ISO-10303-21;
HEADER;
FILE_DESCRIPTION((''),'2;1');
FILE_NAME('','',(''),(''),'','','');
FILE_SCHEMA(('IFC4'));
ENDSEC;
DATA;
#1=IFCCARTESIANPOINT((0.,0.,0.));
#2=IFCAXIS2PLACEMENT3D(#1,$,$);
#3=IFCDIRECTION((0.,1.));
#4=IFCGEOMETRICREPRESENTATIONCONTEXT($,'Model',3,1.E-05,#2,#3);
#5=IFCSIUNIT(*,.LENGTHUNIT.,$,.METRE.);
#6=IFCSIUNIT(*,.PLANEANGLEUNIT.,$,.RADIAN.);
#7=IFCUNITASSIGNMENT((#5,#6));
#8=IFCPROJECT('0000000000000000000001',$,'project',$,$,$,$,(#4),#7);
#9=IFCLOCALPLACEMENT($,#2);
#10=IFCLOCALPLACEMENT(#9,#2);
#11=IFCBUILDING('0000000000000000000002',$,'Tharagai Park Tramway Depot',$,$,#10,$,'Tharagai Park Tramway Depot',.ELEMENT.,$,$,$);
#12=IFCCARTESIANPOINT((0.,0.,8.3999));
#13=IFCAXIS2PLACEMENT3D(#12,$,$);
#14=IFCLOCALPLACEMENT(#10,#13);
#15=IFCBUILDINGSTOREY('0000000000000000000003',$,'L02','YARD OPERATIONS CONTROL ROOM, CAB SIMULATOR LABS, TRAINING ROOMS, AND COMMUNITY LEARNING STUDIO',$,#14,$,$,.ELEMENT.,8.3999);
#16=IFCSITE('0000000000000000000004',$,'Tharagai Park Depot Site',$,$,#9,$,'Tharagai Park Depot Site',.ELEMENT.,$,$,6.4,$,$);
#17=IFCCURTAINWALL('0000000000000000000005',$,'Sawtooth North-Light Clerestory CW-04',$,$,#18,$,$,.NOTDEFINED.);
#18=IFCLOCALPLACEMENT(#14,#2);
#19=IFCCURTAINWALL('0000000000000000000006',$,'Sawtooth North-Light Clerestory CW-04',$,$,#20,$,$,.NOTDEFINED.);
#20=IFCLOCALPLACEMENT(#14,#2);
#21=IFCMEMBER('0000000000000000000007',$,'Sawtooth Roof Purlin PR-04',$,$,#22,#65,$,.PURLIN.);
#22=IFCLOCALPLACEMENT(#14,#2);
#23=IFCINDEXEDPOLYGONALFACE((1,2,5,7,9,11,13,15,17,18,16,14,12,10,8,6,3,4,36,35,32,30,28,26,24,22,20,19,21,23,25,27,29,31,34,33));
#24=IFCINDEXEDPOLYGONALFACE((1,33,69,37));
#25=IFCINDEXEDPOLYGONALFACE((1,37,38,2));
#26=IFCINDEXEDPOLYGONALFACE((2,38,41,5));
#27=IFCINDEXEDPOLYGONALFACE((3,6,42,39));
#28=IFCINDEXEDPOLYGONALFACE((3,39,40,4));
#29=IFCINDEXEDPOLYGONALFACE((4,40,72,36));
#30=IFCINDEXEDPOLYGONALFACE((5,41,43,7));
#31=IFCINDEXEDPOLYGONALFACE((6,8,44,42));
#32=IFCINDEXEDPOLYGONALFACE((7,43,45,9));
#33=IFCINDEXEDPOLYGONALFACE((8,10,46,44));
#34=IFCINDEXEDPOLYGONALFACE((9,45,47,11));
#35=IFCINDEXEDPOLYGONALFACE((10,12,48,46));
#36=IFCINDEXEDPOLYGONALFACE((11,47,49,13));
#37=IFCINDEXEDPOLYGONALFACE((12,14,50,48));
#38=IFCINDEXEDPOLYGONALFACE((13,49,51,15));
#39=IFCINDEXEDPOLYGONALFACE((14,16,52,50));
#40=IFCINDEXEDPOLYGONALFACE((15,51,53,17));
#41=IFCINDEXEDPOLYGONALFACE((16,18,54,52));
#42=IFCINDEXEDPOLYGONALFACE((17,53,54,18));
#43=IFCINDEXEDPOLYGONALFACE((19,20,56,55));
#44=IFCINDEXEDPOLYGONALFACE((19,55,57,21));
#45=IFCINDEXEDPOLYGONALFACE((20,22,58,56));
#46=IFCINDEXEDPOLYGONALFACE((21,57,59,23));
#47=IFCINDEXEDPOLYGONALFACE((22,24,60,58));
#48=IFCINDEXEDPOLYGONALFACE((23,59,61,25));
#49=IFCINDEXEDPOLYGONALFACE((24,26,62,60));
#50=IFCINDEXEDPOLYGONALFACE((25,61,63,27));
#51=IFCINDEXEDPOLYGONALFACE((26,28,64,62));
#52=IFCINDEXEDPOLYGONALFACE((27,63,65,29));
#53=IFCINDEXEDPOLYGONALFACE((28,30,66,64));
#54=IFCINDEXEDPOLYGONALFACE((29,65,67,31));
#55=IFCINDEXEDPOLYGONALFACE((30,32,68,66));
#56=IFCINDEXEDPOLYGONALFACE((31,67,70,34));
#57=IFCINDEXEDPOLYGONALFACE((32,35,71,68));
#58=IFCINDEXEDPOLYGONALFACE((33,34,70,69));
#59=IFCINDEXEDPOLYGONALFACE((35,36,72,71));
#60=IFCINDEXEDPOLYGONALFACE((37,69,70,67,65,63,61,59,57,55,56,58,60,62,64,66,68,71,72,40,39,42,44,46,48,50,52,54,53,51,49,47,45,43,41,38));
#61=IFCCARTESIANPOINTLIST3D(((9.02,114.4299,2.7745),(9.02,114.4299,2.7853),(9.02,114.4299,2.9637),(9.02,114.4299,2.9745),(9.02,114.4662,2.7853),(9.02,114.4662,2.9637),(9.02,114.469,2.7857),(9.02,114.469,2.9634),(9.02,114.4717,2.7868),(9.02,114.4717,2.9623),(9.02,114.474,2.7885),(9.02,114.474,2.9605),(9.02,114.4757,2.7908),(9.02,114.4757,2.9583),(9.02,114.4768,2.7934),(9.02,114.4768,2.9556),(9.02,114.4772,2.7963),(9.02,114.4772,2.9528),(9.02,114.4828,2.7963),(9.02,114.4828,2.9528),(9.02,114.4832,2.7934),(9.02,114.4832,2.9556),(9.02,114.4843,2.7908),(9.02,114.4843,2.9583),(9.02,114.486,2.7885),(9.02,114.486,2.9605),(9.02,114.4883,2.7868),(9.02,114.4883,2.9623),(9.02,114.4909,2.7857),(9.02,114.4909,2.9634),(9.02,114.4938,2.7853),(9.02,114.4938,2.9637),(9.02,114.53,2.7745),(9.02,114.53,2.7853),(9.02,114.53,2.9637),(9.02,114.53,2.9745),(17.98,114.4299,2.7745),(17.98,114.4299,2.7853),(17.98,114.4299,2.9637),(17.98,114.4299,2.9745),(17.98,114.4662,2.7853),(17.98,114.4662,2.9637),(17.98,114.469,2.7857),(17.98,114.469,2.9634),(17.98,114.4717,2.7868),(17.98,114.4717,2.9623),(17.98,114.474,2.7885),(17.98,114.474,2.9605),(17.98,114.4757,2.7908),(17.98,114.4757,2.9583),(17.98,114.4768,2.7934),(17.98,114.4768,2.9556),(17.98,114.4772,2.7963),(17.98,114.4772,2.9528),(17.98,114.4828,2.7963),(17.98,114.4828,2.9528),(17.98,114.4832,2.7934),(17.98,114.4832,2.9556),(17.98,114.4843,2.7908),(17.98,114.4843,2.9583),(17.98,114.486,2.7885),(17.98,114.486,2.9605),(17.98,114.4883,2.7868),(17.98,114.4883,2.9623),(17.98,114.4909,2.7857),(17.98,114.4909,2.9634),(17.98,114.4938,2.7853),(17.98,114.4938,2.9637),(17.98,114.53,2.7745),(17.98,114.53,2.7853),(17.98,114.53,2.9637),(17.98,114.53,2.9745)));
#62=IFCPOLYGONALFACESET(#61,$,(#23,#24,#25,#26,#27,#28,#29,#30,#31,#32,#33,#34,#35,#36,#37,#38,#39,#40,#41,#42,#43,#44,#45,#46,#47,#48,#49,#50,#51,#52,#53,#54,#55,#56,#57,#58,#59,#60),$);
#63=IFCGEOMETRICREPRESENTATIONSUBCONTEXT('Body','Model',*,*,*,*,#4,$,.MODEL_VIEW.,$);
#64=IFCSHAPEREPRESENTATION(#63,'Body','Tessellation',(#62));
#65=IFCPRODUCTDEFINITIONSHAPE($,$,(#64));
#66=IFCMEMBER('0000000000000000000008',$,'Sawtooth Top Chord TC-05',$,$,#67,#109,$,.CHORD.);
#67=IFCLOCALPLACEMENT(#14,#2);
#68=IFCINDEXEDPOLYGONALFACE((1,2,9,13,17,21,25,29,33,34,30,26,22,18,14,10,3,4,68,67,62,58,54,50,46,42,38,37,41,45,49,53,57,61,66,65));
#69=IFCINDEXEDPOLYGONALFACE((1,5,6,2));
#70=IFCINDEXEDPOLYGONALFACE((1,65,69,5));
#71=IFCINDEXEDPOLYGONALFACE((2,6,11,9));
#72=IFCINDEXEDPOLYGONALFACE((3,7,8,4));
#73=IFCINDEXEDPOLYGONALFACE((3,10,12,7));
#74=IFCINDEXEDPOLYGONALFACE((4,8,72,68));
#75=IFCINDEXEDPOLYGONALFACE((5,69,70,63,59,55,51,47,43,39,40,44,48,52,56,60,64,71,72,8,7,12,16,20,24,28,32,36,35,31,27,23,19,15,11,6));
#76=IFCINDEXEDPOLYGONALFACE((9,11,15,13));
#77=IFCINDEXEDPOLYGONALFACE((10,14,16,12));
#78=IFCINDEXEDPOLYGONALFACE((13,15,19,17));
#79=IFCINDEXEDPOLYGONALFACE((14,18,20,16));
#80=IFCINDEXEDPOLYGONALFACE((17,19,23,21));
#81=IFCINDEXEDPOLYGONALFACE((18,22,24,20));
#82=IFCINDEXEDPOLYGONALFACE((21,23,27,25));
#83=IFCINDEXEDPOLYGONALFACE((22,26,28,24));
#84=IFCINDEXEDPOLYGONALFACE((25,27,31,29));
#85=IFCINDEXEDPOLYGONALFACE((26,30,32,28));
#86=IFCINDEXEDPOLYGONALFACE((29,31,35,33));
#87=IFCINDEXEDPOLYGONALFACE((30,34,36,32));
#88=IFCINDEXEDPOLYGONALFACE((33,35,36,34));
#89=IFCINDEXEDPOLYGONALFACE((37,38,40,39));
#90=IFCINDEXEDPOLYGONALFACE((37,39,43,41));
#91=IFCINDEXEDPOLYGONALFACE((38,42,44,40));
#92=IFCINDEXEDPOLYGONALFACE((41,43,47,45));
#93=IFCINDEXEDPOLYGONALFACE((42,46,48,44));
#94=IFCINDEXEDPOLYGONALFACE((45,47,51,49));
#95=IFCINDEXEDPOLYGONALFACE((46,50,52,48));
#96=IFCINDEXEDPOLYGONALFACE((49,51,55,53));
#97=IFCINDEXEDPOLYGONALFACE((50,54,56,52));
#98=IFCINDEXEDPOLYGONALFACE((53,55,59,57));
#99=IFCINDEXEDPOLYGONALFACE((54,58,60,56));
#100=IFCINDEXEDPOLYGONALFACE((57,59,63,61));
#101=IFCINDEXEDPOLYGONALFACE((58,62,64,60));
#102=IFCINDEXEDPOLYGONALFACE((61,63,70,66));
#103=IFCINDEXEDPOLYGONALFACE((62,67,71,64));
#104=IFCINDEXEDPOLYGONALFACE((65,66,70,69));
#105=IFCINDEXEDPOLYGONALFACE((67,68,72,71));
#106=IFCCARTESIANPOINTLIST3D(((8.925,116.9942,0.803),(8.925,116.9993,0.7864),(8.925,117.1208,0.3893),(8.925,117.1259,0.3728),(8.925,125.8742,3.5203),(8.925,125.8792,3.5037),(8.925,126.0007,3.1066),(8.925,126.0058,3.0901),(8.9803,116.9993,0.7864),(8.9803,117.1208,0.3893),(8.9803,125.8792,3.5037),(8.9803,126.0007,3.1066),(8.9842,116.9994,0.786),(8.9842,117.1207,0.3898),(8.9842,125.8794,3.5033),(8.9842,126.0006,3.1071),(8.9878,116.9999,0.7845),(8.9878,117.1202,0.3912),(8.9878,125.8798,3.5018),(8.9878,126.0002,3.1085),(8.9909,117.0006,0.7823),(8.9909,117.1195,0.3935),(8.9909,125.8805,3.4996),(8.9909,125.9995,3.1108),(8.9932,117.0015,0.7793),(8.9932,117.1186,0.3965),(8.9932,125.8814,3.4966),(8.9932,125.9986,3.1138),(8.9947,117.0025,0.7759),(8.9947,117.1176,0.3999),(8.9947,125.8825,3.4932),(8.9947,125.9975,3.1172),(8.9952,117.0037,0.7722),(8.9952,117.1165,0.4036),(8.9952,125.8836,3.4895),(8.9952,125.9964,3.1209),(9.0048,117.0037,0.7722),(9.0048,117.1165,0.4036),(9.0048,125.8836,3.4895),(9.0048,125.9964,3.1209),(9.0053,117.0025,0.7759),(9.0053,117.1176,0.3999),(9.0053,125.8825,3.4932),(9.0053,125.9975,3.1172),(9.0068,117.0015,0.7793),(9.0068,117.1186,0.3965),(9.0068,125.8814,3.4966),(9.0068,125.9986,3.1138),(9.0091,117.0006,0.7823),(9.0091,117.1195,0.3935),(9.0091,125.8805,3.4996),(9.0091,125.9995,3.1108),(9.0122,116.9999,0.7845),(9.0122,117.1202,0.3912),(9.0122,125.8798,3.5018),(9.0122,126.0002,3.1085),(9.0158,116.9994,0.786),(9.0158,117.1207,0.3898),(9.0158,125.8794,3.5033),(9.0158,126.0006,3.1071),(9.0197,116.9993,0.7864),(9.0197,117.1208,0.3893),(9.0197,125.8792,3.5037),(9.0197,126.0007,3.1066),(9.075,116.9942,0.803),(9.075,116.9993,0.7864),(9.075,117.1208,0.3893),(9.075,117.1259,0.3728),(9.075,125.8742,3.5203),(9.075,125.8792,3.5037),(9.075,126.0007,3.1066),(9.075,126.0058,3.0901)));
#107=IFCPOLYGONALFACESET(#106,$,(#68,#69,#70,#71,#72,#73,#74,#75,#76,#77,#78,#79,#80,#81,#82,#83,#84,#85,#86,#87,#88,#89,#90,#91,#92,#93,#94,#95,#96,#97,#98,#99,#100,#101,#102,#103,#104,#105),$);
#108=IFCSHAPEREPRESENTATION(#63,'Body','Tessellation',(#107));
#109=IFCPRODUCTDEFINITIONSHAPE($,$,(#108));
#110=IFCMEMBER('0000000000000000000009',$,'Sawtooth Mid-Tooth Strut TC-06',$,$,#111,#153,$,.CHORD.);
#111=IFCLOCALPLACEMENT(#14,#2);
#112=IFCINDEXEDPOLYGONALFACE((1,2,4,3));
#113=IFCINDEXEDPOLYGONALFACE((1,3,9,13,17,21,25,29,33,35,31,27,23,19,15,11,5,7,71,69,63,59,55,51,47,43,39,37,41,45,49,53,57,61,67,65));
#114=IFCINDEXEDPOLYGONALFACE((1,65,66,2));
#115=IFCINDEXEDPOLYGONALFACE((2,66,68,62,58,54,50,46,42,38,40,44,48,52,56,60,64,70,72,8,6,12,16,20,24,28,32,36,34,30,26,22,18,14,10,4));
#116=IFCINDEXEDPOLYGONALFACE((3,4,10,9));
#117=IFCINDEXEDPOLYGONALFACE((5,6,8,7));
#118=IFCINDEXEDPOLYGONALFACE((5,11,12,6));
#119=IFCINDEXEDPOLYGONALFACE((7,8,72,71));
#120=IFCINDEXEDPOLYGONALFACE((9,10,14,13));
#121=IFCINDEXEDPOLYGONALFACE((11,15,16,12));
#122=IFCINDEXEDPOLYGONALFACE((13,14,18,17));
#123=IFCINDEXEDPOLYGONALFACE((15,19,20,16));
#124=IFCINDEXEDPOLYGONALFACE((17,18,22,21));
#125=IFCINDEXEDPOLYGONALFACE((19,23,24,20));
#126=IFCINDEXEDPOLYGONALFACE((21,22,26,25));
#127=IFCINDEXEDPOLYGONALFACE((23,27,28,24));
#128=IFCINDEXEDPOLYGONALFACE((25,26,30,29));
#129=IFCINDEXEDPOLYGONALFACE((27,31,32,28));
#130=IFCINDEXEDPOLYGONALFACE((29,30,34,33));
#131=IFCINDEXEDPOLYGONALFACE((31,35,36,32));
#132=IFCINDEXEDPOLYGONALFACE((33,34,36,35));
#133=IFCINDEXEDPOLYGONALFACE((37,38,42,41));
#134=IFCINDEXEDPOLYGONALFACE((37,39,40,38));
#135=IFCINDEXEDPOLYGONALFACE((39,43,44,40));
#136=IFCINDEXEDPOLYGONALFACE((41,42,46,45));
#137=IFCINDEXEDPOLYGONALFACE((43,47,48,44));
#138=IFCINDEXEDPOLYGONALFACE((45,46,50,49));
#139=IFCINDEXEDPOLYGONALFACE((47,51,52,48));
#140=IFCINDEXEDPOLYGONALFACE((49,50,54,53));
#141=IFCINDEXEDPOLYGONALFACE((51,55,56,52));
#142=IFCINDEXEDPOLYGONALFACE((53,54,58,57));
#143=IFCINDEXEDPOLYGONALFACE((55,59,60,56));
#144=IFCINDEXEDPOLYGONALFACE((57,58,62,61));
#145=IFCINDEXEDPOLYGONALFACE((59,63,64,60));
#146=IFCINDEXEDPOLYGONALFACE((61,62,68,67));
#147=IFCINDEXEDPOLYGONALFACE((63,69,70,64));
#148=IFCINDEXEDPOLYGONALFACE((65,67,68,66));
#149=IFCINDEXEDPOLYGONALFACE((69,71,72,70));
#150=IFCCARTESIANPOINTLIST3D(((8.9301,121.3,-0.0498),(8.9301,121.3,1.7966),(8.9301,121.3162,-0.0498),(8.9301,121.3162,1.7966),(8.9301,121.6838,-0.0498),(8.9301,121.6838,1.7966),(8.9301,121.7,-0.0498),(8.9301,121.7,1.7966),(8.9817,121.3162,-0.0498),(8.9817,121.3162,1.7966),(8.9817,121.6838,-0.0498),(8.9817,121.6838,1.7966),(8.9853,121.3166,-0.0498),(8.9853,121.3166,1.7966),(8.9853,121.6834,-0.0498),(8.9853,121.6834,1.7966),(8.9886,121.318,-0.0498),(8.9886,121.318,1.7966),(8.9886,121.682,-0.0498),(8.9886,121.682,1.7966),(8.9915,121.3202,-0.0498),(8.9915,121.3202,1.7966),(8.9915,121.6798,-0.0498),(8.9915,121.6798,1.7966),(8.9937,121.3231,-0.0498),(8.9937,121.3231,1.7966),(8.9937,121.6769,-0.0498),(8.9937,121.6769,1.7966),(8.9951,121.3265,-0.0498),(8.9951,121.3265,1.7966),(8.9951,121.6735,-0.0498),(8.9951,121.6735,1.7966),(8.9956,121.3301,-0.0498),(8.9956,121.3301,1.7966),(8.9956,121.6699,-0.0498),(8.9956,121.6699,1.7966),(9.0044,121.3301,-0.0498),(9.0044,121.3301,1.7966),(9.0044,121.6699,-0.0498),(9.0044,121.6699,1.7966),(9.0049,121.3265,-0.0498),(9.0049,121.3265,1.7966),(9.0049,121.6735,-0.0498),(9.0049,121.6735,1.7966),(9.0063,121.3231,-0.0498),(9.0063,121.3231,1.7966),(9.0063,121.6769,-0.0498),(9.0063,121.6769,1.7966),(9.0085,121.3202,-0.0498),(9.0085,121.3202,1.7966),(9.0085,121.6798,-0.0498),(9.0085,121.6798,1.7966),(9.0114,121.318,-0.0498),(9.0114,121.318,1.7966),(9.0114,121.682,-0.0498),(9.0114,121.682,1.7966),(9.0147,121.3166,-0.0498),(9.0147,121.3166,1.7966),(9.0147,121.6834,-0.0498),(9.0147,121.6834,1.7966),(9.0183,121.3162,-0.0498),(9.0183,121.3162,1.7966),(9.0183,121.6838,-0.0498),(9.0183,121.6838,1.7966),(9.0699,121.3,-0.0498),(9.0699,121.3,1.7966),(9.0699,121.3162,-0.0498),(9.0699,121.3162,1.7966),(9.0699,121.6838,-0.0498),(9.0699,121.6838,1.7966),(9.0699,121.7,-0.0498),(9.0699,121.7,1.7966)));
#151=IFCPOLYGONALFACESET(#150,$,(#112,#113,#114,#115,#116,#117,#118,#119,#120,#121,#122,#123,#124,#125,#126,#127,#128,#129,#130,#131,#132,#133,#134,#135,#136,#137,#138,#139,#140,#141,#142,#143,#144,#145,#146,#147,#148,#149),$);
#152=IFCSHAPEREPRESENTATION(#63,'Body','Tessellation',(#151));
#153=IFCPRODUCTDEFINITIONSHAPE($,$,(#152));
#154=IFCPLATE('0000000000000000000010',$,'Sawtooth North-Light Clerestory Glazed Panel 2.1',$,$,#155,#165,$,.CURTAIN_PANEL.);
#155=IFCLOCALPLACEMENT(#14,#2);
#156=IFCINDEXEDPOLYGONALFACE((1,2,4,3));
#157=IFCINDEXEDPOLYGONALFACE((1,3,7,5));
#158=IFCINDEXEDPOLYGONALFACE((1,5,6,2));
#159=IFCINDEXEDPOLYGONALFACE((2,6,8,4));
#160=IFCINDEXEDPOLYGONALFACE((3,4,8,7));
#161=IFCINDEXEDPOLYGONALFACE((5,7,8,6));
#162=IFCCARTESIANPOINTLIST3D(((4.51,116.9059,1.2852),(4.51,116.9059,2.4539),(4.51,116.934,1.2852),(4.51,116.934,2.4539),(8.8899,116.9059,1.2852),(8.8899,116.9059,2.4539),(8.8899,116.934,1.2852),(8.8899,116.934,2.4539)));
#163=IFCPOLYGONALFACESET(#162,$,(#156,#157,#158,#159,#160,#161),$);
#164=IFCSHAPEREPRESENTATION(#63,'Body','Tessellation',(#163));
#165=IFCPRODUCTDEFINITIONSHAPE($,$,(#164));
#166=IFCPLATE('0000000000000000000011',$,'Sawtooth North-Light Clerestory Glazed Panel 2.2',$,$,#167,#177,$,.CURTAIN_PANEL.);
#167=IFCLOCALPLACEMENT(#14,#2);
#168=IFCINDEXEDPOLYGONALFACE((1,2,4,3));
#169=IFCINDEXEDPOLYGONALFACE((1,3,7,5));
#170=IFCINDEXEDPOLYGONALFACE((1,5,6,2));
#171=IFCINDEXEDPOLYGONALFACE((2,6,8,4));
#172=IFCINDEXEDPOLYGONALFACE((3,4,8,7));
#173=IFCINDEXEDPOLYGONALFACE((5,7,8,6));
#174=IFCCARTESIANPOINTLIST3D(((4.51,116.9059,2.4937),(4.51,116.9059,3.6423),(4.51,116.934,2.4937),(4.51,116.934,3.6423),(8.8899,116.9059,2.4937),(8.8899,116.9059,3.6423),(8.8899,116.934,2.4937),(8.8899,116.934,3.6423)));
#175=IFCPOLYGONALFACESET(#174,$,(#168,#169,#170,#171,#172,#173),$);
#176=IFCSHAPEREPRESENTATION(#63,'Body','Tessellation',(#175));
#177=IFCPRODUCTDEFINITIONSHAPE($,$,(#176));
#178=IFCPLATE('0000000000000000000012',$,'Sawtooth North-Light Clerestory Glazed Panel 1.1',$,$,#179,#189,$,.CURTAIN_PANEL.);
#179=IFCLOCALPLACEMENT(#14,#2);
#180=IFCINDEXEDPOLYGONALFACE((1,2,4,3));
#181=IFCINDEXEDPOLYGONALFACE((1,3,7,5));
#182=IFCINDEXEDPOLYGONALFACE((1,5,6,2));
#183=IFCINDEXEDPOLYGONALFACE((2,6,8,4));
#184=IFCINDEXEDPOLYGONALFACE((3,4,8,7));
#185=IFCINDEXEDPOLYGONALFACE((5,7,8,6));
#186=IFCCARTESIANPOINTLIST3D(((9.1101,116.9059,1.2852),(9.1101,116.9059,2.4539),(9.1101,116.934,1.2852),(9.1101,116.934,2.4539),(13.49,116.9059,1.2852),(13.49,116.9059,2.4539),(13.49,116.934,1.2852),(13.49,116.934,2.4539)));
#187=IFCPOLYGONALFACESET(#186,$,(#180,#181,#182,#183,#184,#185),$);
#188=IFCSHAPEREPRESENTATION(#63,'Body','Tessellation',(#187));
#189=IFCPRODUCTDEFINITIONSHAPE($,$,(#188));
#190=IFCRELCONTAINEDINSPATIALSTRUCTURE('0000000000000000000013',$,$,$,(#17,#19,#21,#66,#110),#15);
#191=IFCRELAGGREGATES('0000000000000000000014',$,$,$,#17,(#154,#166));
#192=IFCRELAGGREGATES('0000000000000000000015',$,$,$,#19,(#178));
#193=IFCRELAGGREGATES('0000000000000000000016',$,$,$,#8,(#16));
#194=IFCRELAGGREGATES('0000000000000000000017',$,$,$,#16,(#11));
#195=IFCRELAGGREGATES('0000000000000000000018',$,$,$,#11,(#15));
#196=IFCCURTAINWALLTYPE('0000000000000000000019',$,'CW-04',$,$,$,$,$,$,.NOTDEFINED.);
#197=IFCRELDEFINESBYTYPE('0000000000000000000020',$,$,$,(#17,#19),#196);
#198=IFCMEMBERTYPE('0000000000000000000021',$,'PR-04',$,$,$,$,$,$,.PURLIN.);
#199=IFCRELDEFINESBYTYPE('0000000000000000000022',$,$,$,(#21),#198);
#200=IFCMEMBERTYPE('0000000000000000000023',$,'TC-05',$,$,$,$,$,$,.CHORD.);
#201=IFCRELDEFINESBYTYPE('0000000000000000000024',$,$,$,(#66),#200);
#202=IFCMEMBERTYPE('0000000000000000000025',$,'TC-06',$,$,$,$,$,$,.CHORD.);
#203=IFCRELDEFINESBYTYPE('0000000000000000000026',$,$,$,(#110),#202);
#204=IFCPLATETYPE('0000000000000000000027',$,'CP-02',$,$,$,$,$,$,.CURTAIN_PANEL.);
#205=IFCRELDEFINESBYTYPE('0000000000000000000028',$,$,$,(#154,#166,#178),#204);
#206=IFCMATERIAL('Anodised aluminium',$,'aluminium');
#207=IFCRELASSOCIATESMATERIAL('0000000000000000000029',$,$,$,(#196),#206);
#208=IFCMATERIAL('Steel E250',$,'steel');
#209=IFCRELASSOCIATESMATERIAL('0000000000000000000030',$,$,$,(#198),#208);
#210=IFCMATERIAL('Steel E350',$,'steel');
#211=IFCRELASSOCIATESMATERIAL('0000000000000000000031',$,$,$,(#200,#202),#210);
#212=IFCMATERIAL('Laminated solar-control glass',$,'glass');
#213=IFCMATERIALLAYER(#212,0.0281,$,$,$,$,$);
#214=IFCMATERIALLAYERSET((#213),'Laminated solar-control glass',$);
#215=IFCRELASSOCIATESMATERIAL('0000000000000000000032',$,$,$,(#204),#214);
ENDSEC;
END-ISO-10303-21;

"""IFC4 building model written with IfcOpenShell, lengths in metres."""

from ifc_helpers import new_model, si_unit, direction, frame, origin, origin_2d, place, context, subcontext, project, spatial, rectangle, i_section, extrude, material, layer, layer_set, material_profile, profile_set, type_object, element, aggregate, save


model = new_model("IFC4")

# Units and contexts
model_context = context("Model", 3, precision=1e-05, world=origin(), true_north=direction((0.0, 1.0)))
body_context = subcontext(model_context, "Body", "Model", "MODEL_VIEW")
ifc_project = project(units=[si_unit("LENGTHUNIT", "METRE"), si_unit("PLANEANGLEUNIT", "RADIAN")], contexts=[model_context])

# Site, building, storey
site_placement = place(None, origin())
site = spatial("IfcSite", under=ifc_project, at=site_placement, Name="Tharagai Park Depot Site", LongName="Tharagai Park Depot Site", CompositionType="ELEMENT", RefElevation=6.4)
building_placement = place(site_placement, origin())
building = spatial("IfcBuilding", under=site, at=building_placement, Name="Tharagai Park Tramway Depot", LongName="Tharagai Park Tramway Depot", CompositionType="ELEMENT")
storey_placement = place(building_placement, frame((0.0, 0.0, 8.3999)))
storey = spatial("IfcBuildingStorey", under=building, at=storey_placement, Name="L02", Description="YARD OPERATIONS CONTROL ROOM, CAB SIMULATOR LABS, TRAINING ROOMS, AND COMMUNITY LEARNING STUDIO", CompositionType="ELEMENT", Elevation=8.3999)

# Shared definitions
ifc_material_1 = material(Name="Steel E350", Category="steel")

# Curtain walls
ifc_material_2 = material(Name="Anodised aluminium", Category="aluminium")
curtain_wall_type = type_object("IfcCurtainWallType", Name="CW-04", PredefinedType="NOTDEFINED", material=ifc_material_2)
curtain_wall_1_placement = place(storey_placement, origin())
curtain_wall_1 = element("IfcCurtainWall", 1, at=curtain_wall_1_placement, inside=storey, type_object=curtain_wall_type, Name="Sawtooth North-Light Clerestory CW-04", PredefinedType="NOTDEFINED")
curtain_wall_2_placement = place(storey_placement, origin())
curtain_wall_2 = element("IfcCurtainWall", 2, at=curtain_wall_2_placement, inside=storey, type_object=curtain_wall_type, Name="Sawtooth North-Light Clerestory CW-04", PredefinedType="NOTDEFINED")

# Members
ifc_material_3 = material(Name="Steel E250", Category="steel")
ifc_material_profile_1 = material_profile(ifc_material_3, i_section(OverallWidth=0.1001, OverallDepth=0.2, WebThickness=0.0056, FlangeThickness=0.0107, FilletRadius=0.011, at=origin_2d()), Name="ISMB 200")
ifc_profile_set_1 = profile_set([ifc_material_profile_1], Name="Steel E250")
member_type_1 = type_object("IfcMemberType", Name="PR-04", PredefinedType="PURLIN", material=ifc_profile_set_1)
member_1_placement = place(storey_placement, frame((9.02, 114.48, 2.8745), z_axis=(1.0, 0.0, 0.0), x_axis=(0.0, 1.0, 0.0)))
element("IfcMember", 3, at=member_1_placement, inside=storey, type_object=member_type_1, Name="Sawtooth Roof Purlin PR-04", PredefinedType="PURLIN", context=body_context, shape_type="SweptSolid", body=[
    extrude(i_section(OverallWidth=0.1001, OverallDepth=0.2, WebThickness=0.0056, FlangeThickness=0.0107, FilletRadius=0.011, at=origin_2d()), origin(), (0.0, 0.0, 1.0), 8.96),
])
ifc_material_profile_2 = material_profile(ifc_material_1, i_section(OverallWidth=0.1499, OverallDepth=0.45, WebThickness=0.0095, FlangeThickness=0.0173, FilletRadius=0.0149, at=origin_2d()), Name="ISMB 450")
ifc_profile_set_2 = profile_set([ifc_material_profile_2], Name="Steel E350")
member_type_2 = type_object("IfcMemberType", Name="TC-05", PredefinedType="CHORD", material=ifc_profile_set_2)
member_2_placement = place(storey_placement, frame((9.0, 117.0601, 0.5879), z_axis=(0.0, 0.956231, 0.292611), x_axis=(-1.0, 0.0, 0.0)))
element("IfcMember", 4, at=member_2_placement, inside=storey, type_object=member_type_2, Name="Sawtooth Top Chord TC-05", PredefinedType="CHORD", context=body_context, shape_type="SweptSolid", body=[
    extrude(i_section(OverallWidth=0.1499, OverallDepth=0.45, WebThickness=0.0095, FlangeThickness=0.0173, FilletRadius=0.0149, at=origin_2d()), origin(), (0.0, 0.0, 1.0), 9.2864),
])
ifc_material_profile_3 = material_profile(ifc_material_1, i_section(OverallWidth=0.1399, OverallDepth=0.3999, WebThickness=0.0088, FlangeThickness=0.0161, FilletRadius=0.0139, at=origin_2d()), Name="ISMB 400")
ifc_profile_set_3 = profile_set([ifc_material_profile_3], Name="Steel E350")
member_type_3 = type_object("IfcMemberType", Name="TC-06", PredefinedType="CHORD", material=ifc_profile_set_3)
member_3_placement = place(storey_placement, frame((9.0, 121.5, -0.0498), z_axis=(0.0, 0.0, 1.0), x_axis=(1.0, 0.0, 0.0)))
element("IfcMember", 5, at=member_3_placement, inside=storey, type_object=member_type_3, Name="Sawtooth Mid-Tooth Strut TC-06", PredefinedType="CHORD", context=body_context, shape_type="SweptSolid", body=[
    extrude(i_section(OverallWidth=0.1399, OverallDepth=0.3999, WebThickness=0.0088, FlangeThickness=0.0161, FilletRadius=0.0139, at=origin_2d()), origin(), (0.0, 0.0, 1.0), 1.8464),
])

# Plates
ifc_material_4 = material(Name="Laminated solar-control glass", Category="glass")
ifc_layer = layer(ifc_material_4, 0.0281)
ifc_layer_set = layer_set([ifc_layer], Name="Laminated solar-control glass")
plate_type = type_object("IfcPlateType", Name="CP-02", PredefinedType="CURTAIN_PANEL", material=ifc_layer_set)
plate_1_placement = place(storey_placement, frame((6.7, 116.9199, 1.2852), z_axis=(0.0, 0.0, 1.0), x_axis=(1.0, 0.0, 0.0)))
plate_1 = element("IfcPlate", 6, at=plate_1_placement, type_object=plate_type, Name="Sawtooth North-Light Clerestory Glazed Panel 2.1", PredefinedType="CURTAIN_PANEL", context=body_context, shape_type="SweptSolid", body=[
    extrude(rectangle(XDim=4.3799, YDim=0.0281, at=origin_2d()), origin(), (0.0, 0.0, 1.0), 1.1687),
])
plate_2_placement = place(storey_placement, frame((6.7, 116.9199, 2.4937), z_axis=(0.0, 0.0, 1.0), x_axis=(1.0, 0.0, 0.0)))
plate_2 = element("IfcPlate", 7, at=plate_2_placement, type_object=plate_type, Name="Sawtooth North-Light Clerestory Glazed Panel 2.2", PredefinedType="CURTAIN_PANEL", context=body_context, shape_type="SweptSolid", body=[
    extrude(rectangle(XDim=4.3799, YDim=0.0281, at=origin_2d()), origin(), (0.0, 0.0, 1.0), 1.1487),
])
aggregate(curtain_wall_1, [plate_1, plate_2])
plate_3_placement = place(storey_placement, frame((11.3, 116.9199, 1.2852), z_axis=(0.0, 0.0, 1.0), x_axis=(1.0, 0.0, 0.0)))
plate_3 = element("IfcPlate", 8, at=plate_3_placement, type_object=plate_type, Name="Sawtooth North-Light Clerestory Glazed Panel 1.1", PredefinedType="CURTAIN_PANEL", context=body_context, shape_type="SweptSolid", body=[
    extrude(rectangle(XDim=4.3799, YDim=0.0281, at=origin_2d()), origin(), (0.0, 0.0, 1.0), 1.1687),
])
aggregate(curtain_wall_2, [plate_3])

save(model, "model.ifc")
